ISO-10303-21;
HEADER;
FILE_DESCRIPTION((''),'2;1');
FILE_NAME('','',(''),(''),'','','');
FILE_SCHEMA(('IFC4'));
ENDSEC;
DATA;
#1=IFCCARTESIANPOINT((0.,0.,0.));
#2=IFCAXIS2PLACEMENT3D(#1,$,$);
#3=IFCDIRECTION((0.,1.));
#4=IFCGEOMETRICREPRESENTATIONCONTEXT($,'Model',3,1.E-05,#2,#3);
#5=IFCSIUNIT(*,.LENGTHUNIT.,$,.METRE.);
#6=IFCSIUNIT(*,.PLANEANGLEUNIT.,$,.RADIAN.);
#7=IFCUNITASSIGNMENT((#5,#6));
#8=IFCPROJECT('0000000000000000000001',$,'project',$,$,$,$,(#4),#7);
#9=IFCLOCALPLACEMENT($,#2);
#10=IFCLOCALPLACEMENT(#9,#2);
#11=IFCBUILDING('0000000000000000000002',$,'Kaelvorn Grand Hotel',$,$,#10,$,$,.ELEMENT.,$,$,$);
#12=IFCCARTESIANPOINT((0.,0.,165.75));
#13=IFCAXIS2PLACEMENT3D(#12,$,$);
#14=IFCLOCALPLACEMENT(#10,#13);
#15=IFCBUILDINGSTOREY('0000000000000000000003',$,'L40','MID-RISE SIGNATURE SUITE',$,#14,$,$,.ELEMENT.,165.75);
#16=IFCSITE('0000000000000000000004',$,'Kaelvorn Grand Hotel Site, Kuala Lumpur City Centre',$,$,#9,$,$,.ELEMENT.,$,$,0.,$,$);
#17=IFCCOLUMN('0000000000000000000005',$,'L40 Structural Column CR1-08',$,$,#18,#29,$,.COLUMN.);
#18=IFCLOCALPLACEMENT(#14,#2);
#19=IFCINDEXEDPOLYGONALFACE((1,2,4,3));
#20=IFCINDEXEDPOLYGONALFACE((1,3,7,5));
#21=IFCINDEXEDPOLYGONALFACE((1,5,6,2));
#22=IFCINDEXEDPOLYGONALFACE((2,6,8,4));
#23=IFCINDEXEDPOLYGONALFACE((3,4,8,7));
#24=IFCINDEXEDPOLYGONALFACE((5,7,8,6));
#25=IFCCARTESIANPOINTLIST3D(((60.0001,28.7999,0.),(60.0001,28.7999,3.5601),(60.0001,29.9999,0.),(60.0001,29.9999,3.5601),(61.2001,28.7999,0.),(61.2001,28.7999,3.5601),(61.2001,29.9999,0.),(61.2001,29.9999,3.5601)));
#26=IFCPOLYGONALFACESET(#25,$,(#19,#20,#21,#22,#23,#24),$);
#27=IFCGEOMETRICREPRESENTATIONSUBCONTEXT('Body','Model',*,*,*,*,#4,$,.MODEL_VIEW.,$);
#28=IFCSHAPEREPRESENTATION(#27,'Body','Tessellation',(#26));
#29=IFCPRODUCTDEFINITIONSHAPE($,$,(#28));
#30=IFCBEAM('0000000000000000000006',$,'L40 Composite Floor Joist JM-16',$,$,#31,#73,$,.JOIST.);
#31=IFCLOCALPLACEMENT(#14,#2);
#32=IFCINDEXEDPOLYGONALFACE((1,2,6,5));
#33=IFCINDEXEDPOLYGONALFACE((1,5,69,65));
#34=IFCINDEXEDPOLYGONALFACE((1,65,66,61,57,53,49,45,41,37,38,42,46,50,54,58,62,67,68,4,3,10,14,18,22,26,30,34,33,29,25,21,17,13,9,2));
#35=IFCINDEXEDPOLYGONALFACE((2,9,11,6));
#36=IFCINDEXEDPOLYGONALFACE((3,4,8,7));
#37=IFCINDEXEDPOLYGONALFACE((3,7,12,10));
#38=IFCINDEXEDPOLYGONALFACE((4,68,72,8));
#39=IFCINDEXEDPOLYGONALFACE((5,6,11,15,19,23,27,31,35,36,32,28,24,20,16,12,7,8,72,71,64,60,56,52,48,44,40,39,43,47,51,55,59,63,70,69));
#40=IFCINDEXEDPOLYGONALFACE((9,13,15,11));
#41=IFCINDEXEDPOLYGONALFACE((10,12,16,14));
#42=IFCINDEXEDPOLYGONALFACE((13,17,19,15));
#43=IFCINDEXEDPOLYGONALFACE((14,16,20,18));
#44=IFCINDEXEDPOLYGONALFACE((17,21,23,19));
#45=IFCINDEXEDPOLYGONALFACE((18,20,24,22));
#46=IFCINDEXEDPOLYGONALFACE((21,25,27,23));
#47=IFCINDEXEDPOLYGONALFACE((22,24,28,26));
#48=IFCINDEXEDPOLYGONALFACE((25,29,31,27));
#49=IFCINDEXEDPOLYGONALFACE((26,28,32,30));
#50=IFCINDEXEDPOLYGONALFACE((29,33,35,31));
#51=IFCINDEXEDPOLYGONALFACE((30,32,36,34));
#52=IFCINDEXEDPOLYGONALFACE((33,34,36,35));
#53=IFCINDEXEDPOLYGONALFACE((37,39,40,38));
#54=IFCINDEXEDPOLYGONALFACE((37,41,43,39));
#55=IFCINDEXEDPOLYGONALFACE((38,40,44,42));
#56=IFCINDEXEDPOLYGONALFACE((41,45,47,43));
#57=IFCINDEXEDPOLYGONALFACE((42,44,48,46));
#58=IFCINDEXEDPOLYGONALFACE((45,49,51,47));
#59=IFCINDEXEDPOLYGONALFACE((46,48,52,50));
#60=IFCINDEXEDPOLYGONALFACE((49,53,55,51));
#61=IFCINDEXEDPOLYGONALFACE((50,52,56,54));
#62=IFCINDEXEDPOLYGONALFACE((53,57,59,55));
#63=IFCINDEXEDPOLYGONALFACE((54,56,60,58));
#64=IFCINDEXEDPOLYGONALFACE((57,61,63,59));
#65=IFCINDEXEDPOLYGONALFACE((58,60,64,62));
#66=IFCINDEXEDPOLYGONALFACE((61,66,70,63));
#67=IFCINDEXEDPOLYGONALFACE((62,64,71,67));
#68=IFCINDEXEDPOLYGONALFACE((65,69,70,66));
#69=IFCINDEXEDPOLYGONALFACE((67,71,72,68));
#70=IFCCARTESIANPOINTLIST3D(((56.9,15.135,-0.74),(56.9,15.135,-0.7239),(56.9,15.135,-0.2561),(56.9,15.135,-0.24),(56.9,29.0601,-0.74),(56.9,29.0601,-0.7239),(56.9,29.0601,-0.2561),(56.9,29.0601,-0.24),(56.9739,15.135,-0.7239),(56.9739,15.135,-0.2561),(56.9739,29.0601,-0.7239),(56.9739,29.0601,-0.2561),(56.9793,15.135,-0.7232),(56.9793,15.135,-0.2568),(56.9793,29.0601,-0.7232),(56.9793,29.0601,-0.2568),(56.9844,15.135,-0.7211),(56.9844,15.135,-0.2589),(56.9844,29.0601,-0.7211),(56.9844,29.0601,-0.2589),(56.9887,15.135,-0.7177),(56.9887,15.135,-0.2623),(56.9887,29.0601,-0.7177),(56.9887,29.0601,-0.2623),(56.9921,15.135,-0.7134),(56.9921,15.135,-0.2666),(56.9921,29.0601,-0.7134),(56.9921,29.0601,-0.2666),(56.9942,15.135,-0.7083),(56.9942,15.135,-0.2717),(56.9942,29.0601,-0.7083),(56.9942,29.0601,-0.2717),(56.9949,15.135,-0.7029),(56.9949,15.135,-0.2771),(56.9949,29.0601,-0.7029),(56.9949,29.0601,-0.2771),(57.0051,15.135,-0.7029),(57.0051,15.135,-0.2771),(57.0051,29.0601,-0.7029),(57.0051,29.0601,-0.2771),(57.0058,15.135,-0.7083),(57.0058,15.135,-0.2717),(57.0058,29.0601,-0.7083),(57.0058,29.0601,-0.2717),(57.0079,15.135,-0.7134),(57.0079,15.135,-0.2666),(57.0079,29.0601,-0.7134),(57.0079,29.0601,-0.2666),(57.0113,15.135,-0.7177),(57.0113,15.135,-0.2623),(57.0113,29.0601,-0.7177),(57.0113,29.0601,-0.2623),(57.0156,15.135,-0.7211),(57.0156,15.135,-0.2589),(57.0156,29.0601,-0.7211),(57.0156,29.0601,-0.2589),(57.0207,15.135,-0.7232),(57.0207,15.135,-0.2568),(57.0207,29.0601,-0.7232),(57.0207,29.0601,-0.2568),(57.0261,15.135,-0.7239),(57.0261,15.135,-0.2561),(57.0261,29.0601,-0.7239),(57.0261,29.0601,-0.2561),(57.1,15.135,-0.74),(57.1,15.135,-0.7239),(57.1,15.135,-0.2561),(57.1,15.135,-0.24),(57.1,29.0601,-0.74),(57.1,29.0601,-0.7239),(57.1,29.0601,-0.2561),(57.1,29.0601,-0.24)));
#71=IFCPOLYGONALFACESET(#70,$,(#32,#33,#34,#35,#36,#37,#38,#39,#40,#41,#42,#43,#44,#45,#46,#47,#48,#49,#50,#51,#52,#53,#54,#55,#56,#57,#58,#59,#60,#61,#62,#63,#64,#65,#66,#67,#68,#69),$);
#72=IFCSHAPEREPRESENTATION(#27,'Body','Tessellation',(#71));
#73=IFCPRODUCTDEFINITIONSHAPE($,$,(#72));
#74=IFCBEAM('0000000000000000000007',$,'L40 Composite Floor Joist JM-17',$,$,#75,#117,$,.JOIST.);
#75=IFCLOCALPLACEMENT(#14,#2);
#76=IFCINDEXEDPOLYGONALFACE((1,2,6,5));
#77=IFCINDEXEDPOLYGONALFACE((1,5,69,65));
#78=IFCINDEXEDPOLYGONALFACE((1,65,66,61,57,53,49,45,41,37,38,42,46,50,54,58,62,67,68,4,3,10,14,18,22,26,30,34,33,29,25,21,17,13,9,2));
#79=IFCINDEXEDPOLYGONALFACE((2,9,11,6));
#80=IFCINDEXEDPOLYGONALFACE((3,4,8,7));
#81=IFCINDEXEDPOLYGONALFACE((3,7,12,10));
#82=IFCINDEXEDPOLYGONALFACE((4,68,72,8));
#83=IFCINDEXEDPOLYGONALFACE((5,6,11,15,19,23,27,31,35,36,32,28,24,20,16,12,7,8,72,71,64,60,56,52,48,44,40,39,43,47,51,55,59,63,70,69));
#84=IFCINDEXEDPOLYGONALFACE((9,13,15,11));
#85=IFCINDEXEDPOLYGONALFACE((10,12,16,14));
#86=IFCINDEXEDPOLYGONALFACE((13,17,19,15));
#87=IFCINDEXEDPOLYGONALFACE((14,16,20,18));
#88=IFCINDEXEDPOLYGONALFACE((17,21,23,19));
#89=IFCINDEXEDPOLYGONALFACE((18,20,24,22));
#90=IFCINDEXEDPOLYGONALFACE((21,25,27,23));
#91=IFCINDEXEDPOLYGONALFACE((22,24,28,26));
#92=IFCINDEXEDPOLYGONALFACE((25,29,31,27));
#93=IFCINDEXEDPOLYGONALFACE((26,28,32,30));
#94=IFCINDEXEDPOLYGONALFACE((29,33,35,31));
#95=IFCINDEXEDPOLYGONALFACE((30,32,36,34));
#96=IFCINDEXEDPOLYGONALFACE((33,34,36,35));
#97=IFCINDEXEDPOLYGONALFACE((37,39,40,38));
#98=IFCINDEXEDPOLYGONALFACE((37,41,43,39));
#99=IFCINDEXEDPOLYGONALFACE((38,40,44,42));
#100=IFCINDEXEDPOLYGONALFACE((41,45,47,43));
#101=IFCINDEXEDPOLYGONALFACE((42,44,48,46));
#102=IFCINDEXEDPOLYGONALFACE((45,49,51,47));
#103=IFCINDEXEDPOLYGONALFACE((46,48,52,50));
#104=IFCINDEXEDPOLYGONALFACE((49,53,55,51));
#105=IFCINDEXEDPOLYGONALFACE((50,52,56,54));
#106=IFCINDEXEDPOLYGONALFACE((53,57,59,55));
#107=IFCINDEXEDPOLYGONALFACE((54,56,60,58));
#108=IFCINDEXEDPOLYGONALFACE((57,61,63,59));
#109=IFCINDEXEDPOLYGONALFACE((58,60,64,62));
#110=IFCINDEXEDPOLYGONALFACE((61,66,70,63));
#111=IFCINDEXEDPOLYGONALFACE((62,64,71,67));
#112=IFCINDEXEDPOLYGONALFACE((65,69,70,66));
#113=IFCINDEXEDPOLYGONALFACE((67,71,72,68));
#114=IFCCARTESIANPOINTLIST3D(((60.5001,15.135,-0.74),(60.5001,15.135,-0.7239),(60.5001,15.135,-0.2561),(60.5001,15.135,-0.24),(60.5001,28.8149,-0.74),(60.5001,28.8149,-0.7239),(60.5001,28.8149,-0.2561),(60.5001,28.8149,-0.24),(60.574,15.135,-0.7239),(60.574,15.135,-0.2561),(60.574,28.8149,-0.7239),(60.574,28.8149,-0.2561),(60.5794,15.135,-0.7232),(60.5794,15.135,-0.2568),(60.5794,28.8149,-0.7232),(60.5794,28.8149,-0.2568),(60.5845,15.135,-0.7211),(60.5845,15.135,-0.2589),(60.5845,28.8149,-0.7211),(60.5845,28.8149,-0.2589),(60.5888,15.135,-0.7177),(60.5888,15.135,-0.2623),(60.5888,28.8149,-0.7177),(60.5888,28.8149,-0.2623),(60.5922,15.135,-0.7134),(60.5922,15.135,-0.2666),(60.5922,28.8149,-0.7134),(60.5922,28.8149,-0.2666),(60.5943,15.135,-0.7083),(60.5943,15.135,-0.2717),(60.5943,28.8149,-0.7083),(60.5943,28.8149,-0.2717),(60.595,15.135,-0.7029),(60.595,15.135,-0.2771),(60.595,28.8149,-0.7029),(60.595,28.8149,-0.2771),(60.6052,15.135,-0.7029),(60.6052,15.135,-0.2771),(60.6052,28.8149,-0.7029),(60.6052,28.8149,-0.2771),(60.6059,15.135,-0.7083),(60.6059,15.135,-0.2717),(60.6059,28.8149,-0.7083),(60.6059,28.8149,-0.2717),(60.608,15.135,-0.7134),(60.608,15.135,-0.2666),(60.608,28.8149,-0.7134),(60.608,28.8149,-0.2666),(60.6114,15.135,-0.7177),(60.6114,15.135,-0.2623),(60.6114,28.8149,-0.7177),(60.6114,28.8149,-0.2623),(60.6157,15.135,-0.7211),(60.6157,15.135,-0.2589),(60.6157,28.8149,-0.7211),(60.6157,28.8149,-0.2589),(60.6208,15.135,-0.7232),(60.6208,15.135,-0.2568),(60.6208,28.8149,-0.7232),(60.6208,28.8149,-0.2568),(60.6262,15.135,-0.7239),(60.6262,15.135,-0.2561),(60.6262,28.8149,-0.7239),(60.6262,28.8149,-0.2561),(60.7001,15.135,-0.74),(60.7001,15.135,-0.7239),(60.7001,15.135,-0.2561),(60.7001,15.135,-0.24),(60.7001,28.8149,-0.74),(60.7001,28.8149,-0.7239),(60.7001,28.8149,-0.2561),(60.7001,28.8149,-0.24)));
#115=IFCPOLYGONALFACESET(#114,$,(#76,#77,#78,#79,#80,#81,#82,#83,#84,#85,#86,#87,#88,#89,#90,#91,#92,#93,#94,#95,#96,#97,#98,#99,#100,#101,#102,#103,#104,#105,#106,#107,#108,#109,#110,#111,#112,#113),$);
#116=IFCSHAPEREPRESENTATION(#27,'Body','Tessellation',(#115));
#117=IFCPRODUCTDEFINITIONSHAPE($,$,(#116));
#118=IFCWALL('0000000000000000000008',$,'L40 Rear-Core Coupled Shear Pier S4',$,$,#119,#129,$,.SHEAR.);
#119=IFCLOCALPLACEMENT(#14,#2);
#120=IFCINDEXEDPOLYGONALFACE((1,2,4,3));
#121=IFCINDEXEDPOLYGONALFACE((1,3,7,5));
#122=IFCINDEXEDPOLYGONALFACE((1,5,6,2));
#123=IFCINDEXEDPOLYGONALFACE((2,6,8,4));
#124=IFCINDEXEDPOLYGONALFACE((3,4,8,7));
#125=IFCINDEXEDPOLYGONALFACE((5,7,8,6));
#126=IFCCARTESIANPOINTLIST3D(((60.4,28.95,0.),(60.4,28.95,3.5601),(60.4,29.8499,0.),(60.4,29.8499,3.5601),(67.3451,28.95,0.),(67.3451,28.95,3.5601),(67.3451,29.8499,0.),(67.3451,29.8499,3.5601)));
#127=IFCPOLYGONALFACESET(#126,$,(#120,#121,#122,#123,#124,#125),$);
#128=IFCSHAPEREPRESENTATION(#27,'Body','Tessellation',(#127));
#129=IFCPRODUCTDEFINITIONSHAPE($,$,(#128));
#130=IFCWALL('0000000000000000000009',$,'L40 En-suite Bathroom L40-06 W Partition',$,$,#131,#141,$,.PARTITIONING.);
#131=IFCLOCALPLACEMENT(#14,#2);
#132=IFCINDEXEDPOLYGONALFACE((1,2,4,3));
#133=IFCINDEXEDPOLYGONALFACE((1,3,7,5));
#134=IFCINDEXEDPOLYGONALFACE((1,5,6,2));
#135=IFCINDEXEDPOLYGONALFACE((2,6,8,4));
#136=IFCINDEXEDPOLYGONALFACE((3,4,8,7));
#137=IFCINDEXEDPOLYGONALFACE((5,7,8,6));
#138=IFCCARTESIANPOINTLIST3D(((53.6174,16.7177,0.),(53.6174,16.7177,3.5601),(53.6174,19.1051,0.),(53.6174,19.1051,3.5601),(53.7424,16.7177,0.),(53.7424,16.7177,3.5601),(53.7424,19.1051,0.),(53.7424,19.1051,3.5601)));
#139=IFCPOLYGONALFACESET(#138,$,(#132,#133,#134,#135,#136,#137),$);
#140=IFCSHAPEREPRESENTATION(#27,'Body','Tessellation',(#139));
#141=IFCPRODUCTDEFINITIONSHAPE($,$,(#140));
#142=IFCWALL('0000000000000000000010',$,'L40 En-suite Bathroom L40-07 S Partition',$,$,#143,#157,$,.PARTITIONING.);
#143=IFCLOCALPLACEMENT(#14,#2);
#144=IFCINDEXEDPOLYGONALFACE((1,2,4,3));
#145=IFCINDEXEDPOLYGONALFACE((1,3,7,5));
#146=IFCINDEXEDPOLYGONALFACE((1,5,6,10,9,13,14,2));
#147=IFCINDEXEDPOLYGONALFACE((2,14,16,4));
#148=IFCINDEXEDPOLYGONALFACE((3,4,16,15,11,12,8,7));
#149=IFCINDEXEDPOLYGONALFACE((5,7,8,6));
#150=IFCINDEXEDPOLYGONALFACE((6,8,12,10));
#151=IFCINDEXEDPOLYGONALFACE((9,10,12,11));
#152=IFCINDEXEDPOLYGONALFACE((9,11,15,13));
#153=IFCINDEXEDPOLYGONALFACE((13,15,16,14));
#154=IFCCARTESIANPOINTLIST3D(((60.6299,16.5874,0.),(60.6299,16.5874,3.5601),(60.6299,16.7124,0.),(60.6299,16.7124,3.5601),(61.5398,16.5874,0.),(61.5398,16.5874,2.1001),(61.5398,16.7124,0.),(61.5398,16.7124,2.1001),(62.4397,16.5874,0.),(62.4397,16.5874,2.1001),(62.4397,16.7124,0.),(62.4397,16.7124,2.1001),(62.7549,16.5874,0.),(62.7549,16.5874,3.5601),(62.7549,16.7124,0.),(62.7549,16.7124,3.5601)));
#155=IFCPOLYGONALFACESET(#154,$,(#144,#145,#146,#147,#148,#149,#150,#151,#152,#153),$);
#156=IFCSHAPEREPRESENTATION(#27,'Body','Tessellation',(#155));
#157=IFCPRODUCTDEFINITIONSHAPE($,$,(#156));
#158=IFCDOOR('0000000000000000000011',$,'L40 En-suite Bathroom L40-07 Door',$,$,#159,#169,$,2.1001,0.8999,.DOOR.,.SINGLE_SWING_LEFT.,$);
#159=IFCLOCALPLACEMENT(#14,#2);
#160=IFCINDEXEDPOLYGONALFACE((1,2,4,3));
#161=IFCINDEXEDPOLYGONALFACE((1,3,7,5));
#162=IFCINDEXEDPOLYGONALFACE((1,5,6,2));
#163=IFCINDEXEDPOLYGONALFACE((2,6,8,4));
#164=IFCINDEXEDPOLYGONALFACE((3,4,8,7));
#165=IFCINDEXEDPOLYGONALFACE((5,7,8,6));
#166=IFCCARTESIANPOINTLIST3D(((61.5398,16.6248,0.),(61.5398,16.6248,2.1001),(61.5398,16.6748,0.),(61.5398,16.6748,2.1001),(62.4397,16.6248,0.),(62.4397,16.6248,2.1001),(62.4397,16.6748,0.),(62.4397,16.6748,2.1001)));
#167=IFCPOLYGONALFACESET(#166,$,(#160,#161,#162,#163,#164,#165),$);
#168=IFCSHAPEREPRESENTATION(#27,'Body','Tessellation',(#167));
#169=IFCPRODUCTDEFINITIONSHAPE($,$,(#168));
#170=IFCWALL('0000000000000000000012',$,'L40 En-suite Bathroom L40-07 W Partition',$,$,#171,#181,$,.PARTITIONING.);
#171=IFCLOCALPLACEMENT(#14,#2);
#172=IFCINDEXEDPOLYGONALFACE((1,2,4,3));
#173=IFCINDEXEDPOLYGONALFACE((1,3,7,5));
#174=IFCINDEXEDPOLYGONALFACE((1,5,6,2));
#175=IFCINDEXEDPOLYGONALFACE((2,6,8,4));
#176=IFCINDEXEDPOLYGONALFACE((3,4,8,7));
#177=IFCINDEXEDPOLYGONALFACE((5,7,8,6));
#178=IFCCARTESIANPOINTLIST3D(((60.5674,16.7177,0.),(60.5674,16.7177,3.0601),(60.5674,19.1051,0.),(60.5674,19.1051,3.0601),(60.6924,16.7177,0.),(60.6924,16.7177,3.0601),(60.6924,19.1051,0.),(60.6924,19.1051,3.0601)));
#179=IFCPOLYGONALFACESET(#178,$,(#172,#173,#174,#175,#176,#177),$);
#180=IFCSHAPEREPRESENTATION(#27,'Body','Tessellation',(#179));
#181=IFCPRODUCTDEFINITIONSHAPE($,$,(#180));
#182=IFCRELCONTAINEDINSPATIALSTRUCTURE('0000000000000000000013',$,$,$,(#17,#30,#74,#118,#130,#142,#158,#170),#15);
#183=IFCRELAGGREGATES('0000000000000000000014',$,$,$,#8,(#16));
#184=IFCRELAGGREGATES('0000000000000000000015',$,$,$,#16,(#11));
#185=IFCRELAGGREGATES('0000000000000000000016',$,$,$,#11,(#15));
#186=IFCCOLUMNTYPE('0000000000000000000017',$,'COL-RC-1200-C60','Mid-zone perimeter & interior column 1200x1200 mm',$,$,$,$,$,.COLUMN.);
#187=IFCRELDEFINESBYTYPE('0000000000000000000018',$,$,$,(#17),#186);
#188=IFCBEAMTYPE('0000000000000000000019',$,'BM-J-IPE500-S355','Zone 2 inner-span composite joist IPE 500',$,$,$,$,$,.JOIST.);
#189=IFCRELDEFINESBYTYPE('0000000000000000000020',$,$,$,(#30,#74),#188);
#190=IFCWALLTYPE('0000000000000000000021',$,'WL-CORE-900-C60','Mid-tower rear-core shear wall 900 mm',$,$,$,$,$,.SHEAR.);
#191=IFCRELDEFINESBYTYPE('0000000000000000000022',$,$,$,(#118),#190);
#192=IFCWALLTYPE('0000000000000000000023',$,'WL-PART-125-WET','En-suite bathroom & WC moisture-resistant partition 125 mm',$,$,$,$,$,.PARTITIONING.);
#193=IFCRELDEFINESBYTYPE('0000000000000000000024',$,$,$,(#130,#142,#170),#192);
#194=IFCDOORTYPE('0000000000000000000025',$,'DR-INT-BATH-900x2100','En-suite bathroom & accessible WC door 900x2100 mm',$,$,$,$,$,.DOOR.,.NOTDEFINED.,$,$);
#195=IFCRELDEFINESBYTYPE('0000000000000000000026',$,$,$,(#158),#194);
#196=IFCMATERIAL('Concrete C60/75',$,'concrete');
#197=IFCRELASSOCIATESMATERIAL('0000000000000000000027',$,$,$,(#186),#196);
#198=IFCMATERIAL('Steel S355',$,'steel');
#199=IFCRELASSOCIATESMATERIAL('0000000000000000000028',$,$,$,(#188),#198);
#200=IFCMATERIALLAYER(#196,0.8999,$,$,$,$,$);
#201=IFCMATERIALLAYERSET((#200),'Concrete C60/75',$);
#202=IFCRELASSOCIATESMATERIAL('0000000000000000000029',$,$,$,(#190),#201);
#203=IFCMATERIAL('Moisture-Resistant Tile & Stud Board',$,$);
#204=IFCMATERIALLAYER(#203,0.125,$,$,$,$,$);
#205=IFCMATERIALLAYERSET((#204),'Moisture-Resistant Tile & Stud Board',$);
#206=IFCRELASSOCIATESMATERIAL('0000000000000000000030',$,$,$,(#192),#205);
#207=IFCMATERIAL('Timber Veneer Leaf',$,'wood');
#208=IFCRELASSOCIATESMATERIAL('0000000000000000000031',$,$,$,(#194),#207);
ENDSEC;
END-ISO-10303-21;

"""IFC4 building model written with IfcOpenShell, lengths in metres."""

from ifc_helpers import new_model, si_unit, direction, frame, frame_2d, origin, origin_2d, place, context, subcontext, project, spatial, rectangle, i_section, extrude, material, layer, layer_set, material_profile, profile_set, type_object, element, fill, save


model = new_model("IFC4")

# Units and contexts
model_context = context("Model", 3, precision=1e-05, world=origin(), true_north=direction((0.0, 1.0)))
body_context = subcontext(model_context, "Body", "Model", "MODEL_VIEW")
ifc_project = project(units=[si_unit("LENGTHUNIT", "METRE"), si_unit("PLANEANGLEUNIT", "RADIAN")], contexts=[model_context])

# Site, building, storey
site_placement = place(None, origin())
site = spatial("IfcSite", under=ifc_project, at=site_placement, Name="Kaelvorn Grand Hotel Site, Kuala Lumpur City Centre", CompositionType="ELEMENT", RefElevation=0.0)
building_placement = place(site_placement, origin())
building = spatial("IfcBuilding", under=site, at=building_placement, Name="Kaelvorn Grand Hotel", CompositionType="ELEMENT")
storey_placement = place(building_placement, frame((0.0, 0.0, 165.75)))
storey = spatial("IfcBuildingStorey", under=building, at=storey_placement, Name="L40", Description="MID-RISE SIGNATURE SUITE", CompositionType="ELEMENT", Elevation=165.75)

# Column
ifc_material_1 = material(Name="Concrete C60/75", Category="concrete")
ifc_material_profile_1 = material_profile(ifc_material_1, rectangle(XDim=1.2, YDim=1.2, at=origin_2d()), Name="RC COL 1200x1200")
ifc_profile_set_1 = profile_set([ifc_material_profile_1], Name="Concrete C60/75")
column_type = type_object("IfcColumnType", Name="COL-RC-1200-C60", Description="Mid-zone perimeter & interior column 1200x1200 mm", PredefinedType="COLUMN", material=ifc_profile_set_1)
column_placement = place(storey_placement, frame((60.6001, 29.3999, 0.0), z_axis=(0.0, 0.0, 1.0), x_axis=(1.0, 0.0, 0.0)))
element("IfcColumn", 1, at=column_placement, inside=storey, type_object=column_type, Name="L40 Structural Column CR1-08", PredefinedType="COLUMN", context=body_context, shape_type="SweptSolid", body=[
    extrude(rectangle(XDim=1.2, YDim=1.2, at=origin_2d()), origin(), (0.0, 0.0, 1.0), 3.5601),
])

# Beams
ifc_material_2 = material(Name="Steel S355", Category="steel")
ifc_material_profile_2 = material_profile(ifc_material_2, i_section(OverallWidth=0.2, OverallDepth=0.5, WebThickness=0.0103, FlangeThickness=0.0161, FilletRadius=0.021, at=origin_2d()), Name="IPE 500")
ifc_profile_set_2 = profile_set([ifc_material_profile_2], Name="Steel S355")
beam_type = type_object("IfcBeamType", Name="BM-J-IPE500-S355", Description="Zone 2 inner-span composite joist IPE 500", PredefinedType="JOIST", material=ifc_profile_set_2)
beam_1_placement = place(storey_placement, frame((57.0, 15.135, -0.49), z_axis=(0.0, 1.0, 0.0), x_axis=(-1.0, 0.0, 0.0)))
element("IfcBeam", 2, at=beam_1_placement, inside=storey, type_object=beam_type, Name="L40 Composite Floor Joist JM-16", PredefinedType="JOIST", context=body_context, shape_type="SweptSolid", body=[
    extrude(i_section(OverallWidth=0.2, OverallDepth=0.5, WebThickness=0.0103, FlangeThickness=0.0161, FilletRadius=0.021, at=origin_2d()), origin(), (0.0, 0.0, 1.0), 13.925),
])
beam_2_placement = place(storey_placement, frame((60.6001, 15.135, -0.49), z_axis=(0.0, 1.0, 0.0), x_axis=(-1.0, 0.0, 0.0)))
element("IfcBeam", 3, at=beam_2_placement, inside=storey, type_object=beam_type, Name="L40 Composite Floor Joist JM-17", PredefinedType="JOIST", context=body_context, shape_type="SweptSolid", body=[
    extrude(i_section(OverallWidth=0.2, OverallDepth=0.5, WebThickness=0.0103, FlangeThickness=0.0161, FilletRadius=0.021, at=origin_2d()), origin(), (0.0, 0.0, 1.0), 13.6799),
])

# Walls
ifc_layer_1 = layer(ifc_material_1, 0.8999)
ifc_layer_set_1 = layer_set([ifc_layer_1], Name="Concrete C60/75")
wall_type_1 = type_object("IfcWallType", Name="WL-CORE-900-C60", Description="Mid-tower rear-core shear wall 900 mm", PredefinedType="SHEAR", material=ifc_layer_set_1)
wall_1_placement = place(storey_placement, frame((60.3999, 29.3999, 0.0), z_axis=(0.0, 0.0, 1.0), x_axis=(1.0, 0.0, 0.0)))
element("IfcWall", 4, at=wall_1_placement, inside=storey, type_object=wall_type_1, Name="L40 Rear-Core Coupled Shear Pier S4", PredefinedType="SHEAR", context=body_context, shape_type="SweptSolid", body=[
    extrude(rectangle(XDim=6.9451, YDim=0.8999, at=frame_2d((3.4727, 0.0))), origin(), (0.0, 0.0, 1.0), 3.5601),
])
ifc_material_3 = material(Name="Moisture-Resistant Tile & Stud Board")
ifc_layer_2 = layer(ifc_material_3, 0.125)
ifc_layer_set_2 = layer_set([ifc_layer_2], Name="Moisture-Resistant Tile & Stud Board")
wall_type_2 = type_object("IfcWallType", Name="WL-PART-125-WET", Description="En-suite bathroom & WC moisture-resistant partition 125 mm", PredefinedType="PARTITIONING", material=ifc_layer_set_2)
wall_2_placement = place(storey_placement, frame((53.6799, 16.7175, 0.0), z_axis=(0.0, 0.0, 1.0), x_axis=(0.0, 1.0, 0.0)))
element("IfcWall", 5, at=wall_2_placement, inside=storey, type_object=wall_type_2, Name="L40 En-suite Bathroom L40-06 W Partition", PredefinedType="PARTITIONING", context=body_context, shape_type="SweptSolid", body=[
    extrude(rectangle(XDim=2.3875, YDim=0.125, at=frame_2d((1.1938, 0.0))), origin(), (0.0, 0.0, 1.0), 3.5601),
])

# Wall, opening, door
wall_3_placement = place(storey_placement, frame((60.6299, 16.6499, 0.0), z_axis=(0.0, 0.0, 1.0), x_axis=(1.0, 0.0, 0.0)))
wall_3 = element("IfcWall", 6, at=wall_3_placement, inside=storey, type_object=wall_type_2, Name="L40 En-suite Bathroom L40-07 S Partition", PredefinedType="PARTITIONING", context=body_context, shape_type="SweptSolid", body=[
    extrude(rectangle(XDim=2.125, YDim=0.125, at=frame_2d((1.0625, 0.0))), origin(), (0.0, 0.0, 1.0), 3.5601),
])
opening_1_placement = place(wall_3_placement, frame((0.9099, 0.0, 0.0)))
opening_1 = element("IfcOpeningElement", 7, at=opening_1_placement, cuts=wall_3, PredefinedType="OPENING", context=body_context, shape_type="SweptSolid", body=[
    extrude(rectangle(XDim=0.8999, YDim=2.1001, at=frame_2d((0.45, 1.05))), frame((0.0, 0.0725, 0.0), z_axis=(0.0, -1.0, 0.0), x_axis=(1.0, 0.0, 0.0)), (0.0, 0.0, 1.0), 0.145),
])
ifc_material_4 = material(Name="Timber Veneer Leaf", Category="wood")
door_type_1 = type_object("IfcDoorType", Name="DR-INT-BATH-900x2100", Description="En-suite bathroom & accessible WC door 900x2100 mm", OperationType="NOTDEFINED", PredefinedType="DOOR", material=ifc_material_4)
door_1_placement = place(opening_1_placement, origin())
door_1 = element("IfcDoor", 8, at=door_1_placement, inside=storey, type_object=door_type_1, Name="L40 En-suite Bathroom L40-07 Door", OperationType="SINGLE_SWING_LEFT", OverallHeight=2.1001, OverallWidth=0.8999, PredefinedType="DOOR", context=body_context, shape_type="SweptSolid", body=[
    extrude(rectangle(XDim=0.8999, YDim=2.1001, at=frame_2d((0.45, 1.05))), frame((0.0, 0.0249, 0.0), z_axis=(0.0, -1.0, 0.0), x_axis=(1.0, 0.0, 0.0)), (0.0, 0.0, 1.0), 0.05),
])
fill(opening_1, door_1)

# Wall
wall_4_placement = place(storey_placement, frame((60.6299, 16.7175, 0.0), z_axis=(0.0, 0.0, 1.0), x_axis=(0.0, 1.0, 0.0)))
element("IfcWall", 9, at=wall_4_placement, inside=storey, type_object=wall_type_2, Name="L40 En-suite Bathroom L40-07 W Partition", PredefinedType="PARTITIONING", context=body_context, shape_type="SweptSolid", body=[
    extrude(rectangle(XDim=2.3875, YDim=0.125, at=frame_2d((1.1938, 0.0))), origin(), (0.0, 0.0, 1.0), 3.0601),
])

save(model, "model.ifc")
